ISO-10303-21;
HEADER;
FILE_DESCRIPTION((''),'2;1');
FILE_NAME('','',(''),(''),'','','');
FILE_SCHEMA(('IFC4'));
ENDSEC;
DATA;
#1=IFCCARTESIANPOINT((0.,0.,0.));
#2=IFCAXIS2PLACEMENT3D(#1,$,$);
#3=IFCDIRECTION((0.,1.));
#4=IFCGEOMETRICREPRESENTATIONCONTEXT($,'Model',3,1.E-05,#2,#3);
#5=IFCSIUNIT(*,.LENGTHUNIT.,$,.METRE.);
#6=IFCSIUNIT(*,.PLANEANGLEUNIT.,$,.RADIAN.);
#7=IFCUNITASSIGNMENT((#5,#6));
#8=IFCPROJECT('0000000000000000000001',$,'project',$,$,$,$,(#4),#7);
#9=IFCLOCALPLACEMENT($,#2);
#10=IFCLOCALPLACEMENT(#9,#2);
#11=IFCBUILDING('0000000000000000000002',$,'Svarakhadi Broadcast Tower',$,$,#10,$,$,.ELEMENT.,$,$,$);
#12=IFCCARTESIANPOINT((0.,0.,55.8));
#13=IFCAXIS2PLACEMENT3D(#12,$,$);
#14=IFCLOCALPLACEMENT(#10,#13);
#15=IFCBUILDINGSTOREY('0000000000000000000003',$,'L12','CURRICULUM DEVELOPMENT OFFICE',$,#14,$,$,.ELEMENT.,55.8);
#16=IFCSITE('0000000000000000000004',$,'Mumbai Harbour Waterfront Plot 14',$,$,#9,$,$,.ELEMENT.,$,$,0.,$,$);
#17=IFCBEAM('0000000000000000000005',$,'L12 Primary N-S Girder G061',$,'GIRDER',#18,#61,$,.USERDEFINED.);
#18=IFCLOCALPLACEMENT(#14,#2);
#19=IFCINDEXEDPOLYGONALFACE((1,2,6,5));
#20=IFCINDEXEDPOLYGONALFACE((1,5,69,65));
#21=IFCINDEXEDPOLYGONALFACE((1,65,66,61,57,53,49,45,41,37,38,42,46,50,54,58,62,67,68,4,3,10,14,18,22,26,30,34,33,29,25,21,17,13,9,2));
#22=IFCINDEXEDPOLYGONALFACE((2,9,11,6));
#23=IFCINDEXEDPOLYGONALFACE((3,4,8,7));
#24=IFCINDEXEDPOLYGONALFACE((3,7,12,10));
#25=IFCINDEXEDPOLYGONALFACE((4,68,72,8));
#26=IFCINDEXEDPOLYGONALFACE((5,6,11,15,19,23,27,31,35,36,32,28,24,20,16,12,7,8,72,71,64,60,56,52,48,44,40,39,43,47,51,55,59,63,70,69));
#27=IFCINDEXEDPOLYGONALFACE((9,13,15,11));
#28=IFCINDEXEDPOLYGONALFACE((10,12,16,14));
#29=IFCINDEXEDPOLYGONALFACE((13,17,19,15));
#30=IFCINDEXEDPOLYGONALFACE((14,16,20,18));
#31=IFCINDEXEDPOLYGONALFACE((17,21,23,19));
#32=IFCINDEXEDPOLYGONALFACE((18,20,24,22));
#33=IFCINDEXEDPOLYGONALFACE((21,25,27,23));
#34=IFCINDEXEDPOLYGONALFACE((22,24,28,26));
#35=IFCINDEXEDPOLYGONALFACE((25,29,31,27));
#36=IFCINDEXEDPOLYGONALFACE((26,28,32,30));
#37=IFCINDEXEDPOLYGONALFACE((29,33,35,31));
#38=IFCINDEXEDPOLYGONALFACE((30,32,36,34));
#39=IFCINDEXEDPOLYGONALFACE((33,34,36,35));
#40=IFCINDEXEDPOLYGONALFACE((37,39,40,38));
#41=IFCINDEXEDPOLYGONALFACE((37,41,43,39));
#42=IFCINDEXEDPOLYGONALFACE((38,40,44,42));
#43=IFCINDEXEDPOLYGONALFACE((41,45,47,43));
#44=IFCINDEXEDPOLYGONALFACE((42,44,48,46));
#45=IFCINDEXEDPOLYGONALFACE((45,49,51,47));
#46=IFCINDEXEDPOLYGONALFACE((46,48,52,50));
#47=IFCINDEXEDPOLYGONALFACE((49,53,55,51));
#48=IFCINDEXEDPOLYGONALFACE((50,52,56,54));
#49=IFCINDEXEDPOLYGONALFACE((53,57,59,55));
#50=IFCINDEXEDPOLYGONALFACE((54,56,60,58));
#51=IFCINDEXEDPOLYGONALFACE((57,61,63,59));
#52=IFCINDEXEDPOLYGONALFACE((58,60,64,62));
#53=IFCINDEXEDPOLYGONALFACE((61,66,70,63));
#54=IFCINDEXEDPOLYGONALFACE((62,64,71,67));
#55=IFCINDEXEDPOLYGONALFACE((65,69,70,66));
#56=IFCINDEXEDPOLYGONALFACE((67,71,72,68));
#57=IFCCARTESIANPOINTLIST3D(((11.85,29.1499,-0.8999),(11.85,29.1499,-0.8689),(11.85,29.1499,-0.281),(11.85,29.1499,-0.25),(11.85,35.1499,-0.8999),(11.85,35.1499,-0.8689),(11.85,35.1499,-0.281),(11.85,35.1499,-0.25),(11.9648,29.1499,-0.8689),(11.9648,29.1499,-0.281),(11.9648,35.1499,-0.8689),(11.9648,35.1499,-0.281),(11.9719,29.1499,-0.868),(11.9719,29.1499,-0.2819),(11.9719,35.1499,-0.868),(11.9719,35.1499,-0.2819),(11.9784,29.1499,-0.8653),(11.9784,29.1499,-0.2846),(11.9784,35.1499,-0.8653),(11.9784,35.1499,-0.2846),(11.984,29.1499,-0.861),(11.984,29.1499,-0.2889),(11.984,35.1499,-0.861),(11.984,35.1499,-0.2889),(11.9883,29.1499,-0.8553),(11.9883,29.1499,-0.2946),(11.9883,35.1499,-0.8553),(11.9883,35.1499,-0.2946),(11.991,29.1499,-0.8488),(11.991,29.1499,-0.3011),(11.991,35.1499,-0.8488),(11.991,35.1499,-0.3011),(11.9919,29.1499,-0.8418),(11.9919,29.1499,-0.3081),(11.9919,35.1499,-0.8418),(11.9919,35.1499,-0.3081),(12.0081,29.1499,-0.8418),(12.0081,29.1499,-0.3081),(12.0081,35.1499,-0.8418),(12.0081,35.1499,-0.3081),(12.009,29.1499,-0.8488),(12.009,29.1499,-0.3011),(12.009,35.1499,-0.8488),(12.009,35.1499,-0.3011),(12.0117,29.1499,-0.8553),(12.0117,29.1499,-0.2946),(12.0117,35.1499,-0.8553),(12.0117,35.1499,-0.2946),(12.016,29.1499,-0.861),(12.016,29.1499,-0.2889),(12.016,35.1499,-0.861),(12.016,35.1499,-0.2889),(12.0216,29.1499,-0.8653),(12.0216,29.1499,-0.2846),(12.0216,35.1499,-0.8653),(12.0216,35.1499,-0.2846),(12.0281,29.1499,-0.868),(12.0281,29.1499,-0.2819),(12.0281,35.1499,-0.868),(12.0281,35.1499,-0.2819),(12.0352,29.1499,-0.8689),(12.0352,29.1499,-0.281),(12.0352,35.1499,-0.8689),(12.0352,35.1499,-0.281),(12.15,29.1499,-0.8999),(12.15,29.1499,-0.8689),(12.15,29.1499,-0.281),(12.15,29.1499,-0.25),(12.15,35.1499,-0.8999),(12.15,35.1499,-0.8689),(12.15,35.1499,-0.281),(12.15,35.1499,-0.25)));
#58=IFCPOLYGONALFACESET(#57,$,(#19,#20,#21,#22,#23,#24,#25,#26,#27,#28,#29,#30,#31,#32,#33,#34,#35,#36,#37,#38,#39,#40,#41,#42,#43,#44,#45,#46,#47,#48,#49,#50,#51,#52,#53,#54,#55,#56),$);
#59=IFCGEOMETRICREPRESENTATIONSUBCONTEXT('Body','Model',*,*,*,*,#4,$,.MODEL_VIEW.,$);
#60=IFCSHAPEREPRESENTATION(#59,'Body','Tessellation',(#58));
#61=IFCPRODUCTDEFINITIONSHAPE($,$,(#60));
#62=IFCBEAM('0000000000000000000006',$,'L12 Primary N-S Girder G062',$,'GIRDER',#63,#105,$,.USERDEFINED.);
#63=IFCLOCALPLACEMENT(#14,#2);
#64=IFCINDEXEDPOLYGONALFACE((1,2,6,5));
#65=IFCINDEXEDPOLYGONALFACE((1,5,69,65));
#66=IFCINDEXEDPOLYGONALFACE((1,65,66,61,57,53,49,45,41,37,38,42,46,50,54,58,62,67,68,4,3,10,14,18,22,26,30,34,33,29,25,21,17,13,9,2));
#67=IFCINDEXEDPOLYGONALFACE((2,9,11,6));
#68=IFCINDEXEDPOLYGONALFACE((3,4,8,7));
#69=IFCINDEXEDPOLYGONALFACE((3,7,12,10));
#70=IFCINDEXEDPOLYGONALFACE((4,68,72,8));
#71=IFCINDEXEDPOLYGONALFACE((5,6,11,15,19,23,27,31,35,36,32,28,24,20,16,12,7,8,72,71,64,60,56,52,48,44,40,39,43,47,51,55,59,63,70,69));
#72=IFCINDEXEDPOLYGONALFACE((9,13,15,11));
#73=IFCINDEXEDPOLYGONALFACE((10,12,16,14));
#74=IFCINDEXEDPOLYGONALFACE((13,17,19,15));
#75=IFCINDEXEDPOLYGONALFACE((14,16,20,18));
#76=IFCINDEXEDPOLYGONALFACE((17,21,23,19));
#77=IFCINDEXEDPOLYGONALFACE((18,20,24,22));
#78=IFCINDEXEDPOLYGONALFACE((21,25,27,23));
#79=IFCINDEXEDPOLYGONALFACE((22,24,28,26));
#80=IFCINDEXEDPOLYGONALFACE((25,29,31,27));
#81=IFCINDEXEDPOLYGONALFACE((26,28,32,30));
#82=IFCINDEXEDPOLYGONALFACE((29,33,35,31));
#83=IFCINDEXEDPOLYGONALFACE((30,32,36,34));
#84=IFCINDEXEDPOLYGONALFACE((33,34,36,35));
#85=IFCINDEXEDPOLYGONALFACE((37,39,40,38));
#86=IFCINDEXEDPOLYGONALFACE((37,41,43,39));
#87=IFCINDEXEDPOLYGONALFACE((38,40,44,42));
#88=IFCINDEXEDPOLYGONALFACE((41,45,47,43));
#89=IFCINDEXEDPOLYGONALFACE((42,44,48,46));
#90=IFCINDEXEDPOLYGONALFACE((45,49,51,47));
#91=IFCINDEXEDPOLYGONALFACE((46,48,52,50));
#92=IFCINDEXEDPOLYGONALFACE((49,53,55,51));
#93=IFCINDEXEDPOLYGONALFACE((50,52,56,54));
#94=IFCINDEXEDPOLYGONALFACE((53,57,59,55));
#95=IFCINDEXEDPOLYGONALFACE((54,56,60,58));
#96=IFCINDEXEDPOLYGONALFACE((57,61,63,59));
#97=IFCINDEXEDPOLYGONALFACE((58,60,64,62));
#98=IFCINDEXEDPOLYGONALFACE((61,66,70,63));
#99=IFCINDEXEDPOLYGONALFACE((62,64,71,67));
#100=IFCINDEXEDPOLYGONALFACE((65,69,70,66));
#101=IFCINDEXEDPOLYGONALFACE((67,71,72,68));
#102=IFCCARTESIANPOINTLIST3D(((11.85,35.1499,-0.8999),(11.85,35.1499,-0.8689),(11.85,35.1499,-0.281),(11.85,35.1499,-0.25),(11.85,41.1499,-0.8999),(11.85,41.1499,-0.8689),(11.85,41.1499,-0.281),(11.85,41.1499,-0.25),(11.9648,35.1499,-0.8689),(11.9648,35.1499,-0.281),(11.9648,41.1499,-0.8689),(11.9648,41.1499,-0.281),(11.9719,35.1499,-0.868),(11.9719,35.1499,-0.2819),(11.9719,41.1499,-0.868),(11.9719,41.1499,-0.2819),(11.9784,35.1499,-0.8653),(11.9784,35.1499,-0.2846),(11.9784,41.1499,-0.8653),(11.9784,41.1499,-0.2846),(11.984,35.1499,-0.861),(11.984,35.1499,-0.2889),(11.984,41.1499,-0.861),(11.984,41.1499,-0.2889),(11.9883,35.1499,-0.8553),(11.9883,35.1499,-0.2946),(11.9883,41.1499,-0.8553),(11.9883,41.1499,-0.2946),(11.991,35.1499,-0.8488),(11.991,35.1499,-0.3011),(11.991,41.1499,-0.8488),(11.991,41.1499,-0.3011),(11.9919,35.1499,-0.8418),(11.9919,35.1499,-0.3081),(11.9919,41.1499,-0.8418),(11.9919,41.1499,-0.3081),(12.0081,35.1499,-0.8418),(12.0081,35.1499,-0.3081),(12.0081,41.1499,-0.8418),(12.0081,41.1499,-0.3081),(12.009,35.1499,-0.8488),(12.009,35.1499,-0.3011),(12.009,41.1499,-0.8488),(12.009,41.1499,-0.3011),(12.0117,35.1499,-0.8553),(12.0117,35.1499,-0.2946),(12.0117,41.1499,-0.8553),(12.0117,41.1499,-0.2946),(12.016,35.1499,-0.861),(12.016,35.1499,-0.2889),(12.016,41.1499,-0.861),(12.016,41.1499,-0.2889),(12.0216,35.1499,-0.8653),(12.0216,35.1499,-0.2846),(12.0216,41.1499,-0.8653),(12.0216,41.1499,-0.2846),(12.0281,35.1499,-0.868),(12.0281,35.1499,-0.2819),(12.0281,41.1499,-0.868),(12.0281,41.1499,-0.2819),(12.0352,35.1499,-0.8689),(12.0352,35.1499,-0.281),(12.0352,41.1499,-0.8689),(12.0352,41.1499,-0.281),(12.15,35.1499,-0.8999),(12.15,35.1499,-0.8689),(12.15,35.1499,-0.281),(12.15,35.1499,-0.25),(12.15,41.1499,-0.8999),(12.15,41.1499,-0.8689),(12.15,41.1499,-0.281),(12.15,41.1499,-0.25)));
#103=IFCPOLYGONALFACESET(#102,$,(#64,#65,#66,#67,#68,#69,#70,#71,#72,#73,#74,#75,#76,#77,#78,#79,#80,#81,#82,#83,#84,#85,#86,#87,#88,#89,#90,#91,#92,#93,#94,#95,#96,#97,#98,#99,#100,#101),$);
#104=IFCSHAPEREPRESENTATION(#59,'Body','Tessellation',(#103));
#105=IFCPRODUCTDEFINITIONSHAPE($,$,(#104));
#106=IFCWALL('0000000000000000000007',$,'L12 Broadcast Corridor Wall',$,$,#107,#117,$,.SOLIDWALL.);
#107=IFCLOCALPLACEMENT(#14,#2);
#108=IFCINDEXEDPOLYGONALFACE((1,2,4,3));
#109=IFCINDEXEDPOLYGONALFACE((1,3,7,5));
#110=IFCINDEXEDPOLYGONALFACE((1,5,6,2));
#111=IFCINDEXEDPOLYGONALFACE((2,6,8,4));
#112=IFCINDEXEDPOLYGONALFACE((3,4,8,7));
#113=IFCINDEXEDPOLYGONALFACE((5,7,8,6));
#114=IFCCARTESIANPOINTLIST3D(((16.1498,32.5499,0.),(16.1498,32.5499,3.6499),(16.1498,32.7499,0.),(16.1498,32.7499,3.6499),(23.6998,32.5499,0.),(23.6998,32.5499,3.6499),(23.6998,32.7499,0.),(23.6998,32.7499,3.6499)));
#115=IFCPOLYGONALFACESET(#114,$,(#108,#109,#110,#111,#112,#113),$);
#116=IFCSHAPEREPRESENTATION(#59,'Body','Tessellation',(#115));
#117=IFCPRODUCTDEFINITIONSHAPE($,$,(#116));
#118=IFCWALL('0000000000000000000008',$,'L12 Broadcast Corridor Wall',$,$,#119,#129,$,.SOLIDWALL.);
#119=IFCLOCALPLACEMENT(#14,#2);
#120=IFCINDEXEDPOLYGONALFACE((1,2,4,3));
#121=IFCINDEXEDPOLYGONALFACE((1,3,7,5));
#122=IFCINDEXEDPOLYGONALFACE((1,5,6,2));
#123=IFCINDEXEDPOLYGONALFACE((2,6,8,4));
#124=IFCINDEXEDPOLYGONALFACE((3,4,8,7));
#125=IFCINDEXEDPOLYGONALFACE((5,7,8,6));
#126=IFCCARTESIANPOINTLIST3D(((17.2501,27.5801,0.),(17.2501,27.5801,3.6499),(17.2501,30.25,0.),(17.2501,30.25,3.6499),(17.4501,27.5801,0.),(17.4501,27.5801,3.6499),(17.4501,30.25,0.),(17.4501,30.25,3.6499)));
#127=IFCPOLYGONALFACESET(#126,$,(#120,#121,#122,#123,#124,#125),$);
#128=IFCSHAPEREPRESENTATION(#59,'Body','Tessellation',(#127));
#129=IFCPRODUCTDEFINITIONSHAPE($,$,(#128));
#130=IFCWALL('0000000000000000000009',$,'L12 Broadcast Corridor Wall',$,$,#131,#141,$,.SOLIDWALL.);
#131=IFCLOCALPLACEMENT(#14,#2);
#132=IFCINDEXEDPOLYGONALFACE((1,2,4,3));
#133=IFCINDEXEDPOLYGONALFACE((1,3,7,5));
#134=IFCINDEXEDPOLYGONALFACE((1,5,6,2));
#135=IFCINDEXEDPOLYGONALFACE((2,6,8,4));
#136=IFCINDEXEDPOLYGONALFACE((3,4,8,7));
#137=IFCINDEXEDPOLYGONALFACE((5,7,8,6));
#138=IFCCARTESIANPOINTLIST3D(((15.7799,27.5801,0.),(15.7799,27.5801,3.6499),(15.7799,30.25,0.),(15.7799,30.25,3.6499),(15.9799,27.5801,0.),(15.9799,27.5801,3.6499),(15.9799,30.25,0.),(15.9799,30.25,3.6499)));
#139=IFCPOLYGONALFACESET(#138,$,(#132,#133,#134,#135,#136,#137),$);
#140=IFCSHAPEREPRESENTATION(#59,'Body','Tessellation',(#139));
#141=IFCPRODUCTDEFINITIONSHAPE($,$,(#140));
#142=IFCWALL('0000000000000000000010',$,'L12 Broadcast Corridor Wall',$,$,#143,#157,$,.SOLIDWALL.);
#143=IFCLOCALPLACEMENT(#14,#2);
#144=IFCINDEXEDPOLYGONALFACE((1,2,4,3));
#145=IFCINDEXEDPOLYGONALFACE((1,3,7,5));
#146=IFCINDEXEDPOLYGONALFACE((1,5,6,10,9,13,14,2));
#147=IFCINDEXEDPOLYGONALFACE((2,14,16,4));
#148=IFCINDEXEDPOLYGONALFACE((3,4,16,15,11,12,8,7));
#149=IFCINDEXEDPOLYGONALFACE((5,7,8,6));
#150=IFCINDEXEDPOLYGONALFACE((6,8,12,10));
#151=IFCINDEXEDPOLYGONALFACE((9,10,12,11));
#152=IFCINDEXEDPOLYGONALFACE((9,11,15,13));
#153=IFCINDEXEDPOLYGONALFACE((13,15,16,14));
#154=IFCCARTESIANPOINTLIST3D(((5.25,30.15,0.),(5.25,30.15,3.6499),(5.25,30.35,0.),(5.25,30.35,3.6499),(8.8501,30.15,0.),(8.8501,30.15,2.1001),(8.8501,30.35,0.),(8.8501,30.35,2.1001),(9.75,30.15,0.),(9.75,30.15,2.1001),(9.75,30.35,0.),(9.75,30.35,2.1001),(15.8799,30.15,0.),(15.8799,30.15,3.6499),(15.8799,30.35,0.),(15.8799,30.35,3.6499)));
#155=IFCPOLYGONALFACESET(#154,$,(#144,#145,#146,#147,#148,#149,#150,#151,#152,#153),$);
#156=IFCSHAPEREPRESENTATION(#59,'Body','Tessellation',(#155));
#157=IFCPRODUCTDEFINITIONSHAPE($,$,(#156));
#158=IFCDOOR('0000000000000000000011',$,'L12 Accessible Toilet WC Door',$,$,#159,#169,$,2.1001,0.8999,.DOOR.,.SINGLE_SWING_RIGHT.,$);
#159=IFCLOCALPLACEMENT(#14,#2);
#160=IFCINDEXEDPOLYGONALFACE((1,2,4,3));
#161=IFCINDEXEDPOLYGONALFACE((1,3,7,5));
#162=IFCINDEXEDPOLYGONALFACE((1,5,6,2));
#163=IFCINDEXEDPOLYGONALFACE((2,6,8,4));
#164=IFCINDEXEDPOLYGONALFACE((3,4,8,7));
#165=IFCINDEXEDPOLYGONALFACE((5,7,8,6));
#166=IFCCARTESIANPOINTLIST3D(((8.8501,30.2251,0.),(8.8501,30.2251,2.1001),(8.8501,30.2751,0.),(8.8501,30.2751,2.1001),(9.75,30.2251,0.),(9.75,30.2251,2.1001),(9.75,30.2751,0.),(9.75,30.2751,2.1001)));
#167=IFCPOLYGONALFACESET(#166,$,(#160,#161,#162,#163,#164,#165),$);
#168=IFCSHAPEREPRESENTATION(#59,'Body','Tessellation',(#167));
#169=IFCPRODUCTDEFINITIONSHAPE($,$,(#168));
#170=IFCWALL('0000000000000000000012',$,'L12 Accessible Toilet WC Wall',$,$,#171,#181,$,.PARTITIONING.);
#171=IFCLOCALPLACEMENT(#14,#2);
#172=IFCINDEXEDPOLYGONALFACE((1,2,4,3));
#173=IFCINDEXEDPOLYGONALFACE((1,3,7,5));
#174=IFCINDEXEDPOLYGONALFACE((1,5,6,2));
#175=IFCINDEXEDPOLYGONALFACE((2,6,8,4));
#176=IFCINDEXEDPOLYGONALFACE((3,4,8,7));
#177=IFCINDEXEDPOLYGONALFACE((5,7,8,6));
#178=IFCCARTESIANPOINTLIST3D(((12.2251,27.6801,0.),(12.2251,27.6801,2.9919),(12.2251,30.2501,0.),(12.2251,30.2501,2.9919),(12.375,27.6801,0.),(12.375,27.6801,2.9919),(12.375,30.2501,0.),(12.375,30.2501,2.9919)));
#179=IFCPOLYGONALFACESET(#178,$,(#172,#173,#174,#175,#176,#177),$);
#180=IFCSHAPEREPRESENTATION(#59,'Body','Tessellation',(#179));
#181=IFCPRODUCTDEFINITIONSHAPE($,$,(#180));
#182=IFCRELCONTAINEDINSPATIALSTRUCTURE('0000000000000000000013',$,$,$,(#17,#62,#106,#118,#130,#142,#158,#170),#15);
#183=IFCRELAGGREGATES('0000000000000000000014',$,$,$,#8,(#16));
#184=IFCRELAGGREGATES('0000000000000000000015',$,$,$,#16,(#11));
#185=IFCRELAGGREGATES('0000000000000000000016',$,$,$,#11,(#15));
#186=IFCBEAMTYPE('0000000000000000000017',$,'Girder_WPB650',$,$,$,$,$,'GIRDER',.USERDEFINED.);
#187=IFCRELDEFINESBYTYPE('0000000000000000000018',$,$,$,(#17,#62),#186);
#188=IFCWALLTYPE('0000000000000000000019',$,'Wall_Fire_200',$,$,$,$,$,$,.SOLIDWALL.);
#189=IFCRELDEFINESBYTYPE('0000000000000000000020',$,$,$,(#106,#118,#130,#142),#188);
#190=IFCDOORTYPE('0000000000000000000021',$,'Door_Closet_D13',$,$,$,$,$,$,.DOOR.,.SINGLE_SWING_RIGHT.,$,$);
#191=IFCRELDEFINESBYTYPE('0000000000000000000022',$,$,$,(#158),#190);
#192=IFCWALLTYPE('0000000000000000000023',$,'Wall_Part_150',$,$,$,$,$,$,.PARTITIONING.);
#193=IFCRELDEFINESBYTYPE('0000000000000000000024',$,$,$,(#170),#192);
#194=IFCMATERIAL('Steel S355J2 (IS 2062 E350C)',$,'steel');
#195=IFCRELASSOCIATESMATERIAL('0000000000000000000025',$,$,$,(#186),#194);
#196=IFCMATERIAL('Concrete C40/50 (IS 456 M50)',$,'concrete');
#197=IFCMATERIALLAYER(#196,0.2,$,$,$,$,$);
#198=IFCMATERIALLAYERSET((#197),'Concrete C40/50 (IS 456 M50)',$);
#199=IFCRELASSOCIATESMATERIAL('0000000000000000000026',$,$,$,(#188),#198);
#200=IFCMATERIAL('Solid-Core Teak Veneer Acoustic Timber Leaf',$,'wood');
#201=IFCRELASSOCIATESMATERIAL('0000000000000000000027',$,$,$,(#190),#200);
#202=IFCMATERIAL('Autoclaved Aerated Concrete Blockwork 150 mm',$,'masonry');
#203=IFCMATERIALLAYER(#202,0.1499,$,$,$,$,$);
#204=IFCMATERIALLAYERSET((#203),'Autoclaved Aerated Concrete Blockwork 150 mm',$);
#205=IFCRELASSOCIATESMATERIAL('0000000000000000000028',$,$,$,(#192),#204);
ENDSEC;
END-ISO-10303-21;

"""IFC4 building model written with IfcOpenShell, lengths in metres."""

from ifc_helpers import new_model, si_unit, direction, frame, frame_2d, origin, origin_2d, place, context, subcontext, project, spatial, rectangle, i_section, extrude, material, layer, layer_set, material_profile, profile_set, type_object, element, fill, save


model = new_model("IFC4")

# Units and contexts
model_context = context("Model", 3, precision=1e-05, world=origin(), true_north=direction((0.0, 1.0)))
body_context = subcontext(model_context, "Body", "Model", "MODEL_VIEW")
ifc_project = project(units=[si_unit("LENGTHUNIT", "METRE"), si_unit("PLANEANGLEUNIT", "RADIAN")], contexts=[model_context])

# Site, building, storey
site_placement = place(None, origin())
site = spatial("IfcSite", under=ifc_project, at=site_placement, Name="Mumbai Harbour Waterfront Plot 14", CompositionType="ELEMENT", RefElevation=0.0)
building_placement = place(site_placement, origin())
building = spatial("IfcBuilding", under=site, at=building_placement, Name="Svarakhadi Broadcast Tower", CompositionType="ELEMENT")
storey_placement = place(building_placement, frame((0.0, 0.0, 55.8)))
storey = spatial("IfcBuildingStorey", under=building, at=storey_placement, Name="L12", Description="CURRICULUM DEVELOPMENT OFFICE", CompositionType="ELEMENT", Elevation=55.8)

# Beams
ifc_material_1 = material(Name="Steel S355J2 (IS 2062 E350C)", Category="steel")
ifc_material_profile_1 = material_profile(ifc_material_1, i_section(OverallWidth=0.3, OverallDepth=0.6499, WebThickness=0.0161, FlangeThickness=0.031, FilletRadius=0.0271, at=origin_2d()), Name="WPB 650x300x225")
ifc_profile_set_1 = profile_set([ifc_material_profile_1], Name="Steel S355J2 (IS 2062 E350C)")
beam_type_1 = type_object("IfcBeamType", Name="Girder_WPB650", ElementType="GIRDER", PredefinedType="USERDEFINED", material=ifc_profile_set_1)
for number, where, z_axis, x_axis, name in (
    (1, (12.0, 29.1499, -0.575), (0.0, 1.0, 0.0), (-1.0, 0.0, 0.0), "L12 Primary N-S Girder G061"),
    (2, (12.0, 35.1499, -0.575), (0.0, 1.0, 0.0), (-1.0, 0.0, 0.0), "L12 Primary N-S Girder G062"),
):
    element("IfcBeam", number, at=place(storey_placement, frame(where, z_axis=z_axis, x_axis=x_axis)), inside=storey, type_object=beam_type_1, Name=name, ObjectType="GIRDER", PredefinedType="USERDEFINED", context=body_context, shape_type="SweptSolid", body=[
        extrude(i_section(OverallWidth=0.3, OverallDepth=0.6499, WebThickness=0.0161, FlangeThickness=0.031, FilletRadius=0.0271, at=origin_2d()), origin(), (0.0, 0.0, 1.0), 6.0),
    ])

# Shared definitions
ifc_material_2 = material(Name="Concrete C40/50 (IS 456 M50)", Category="concrete")
ifc_layer_1 = layer(ifc_material_2, 0.2)
ifc_layer_set_1 = layer_set([ifc_layer_1], Name="Concrete C40/50 (IS 456 M50)")
wall_type_1 = type_object("IfcWallType", Name="Wall_Fire_200", PredefinedType="SOLIDWALL", material=ifc_layer_set_1)
ifc_material_3 = material(Name="Solid-Core Teak Veneer Acoustic Timber Leaf", Category="wood")

# Walls
wall_1_placement = place(storey_placement, frame((16.1499, 32.6499, 0.0), z_axis=(0.0, 0.0, 1.0), x_axis=(1.0, 0.0, 0.0)))
element("IfcWall", 3, at=wall_1_placement, inside=storey, type_object=wall_type_1, Name="L12 Broadcast Corridor Wall", PredefinedType="SOLIDWALL", context=body_context, shape_type="SweptSolid", body=[
    extrude(rectangle(XDim=7.55, YDim=0.2, at=frame_2d((3.7749, 0.0))), origin(), (0.0, 0.0, 1.0), 3.6499),
])
for number, where, z_axis, x_axis, name in (
    (4, (17.3501, 30.25, 0.0), (0.0, 0.0, 1.0), (0.0, -1.0, 0.0), "L12 Broadcast Corridor Wall"),
    (5, (15.8799, 27.5801, 0.0), (0.0, 0.0, 1.0), (0.0, 1.0, 0.0), "L12 Broadcast Corridor Wall"),
):
    element("IfcWall", number, at=place(storey_placement, frame(where, z_axis=z_axis, x_axis=x_axis)), inside=storey, type_object=wall_type_1, Name=name, PredefinedType="SOLIDWALL", context=body_context, shape_type="SweptSolid", body=[
        extrude(rectangle(XDim=2.6699, YDim=0.2, at=frame_2d((1.335, 0.0))), origin(), (0.0, 0.0, 1.0), 3.6499),
    ])

# Wall, opening, door
wall_2_placement = place(storey_placement, frame((15.8799, 30.25, 0.0), z_axis=(0.0, 0.0, 1.0), x_axis=(-1.0, 0.0, 0.0)))
wall_2 = element("IfcWall", 6, at=wall_2_placement, inside=storey, type_object=wall_type_1, Name="L12 Broadcast Corridor Wall", PredefinedType="SOLIDWALL", context=body_context, shape_type="SweptSolid", body=[
    extrude(rectangle(XDim=10.6299, YDim=0.2, at=frame_2d((5.3149, 0.0))), origin(), (0.0, 0.0, 1.0), 3.6499),
])
opening_1_placement = place(wall_2_placement, frame((6.1299, 0.0, 0.0)))
opening_1 = element("IfcOpeningElement", 7, at=opening_1_placement, cuts=wall_2, PredefinedType="OPENING", context=body_context, shape_type="SweptSolid", body=[
    extrude(rectangle(XDim=0.8999, YDim=2.1001, at=frame_2d((0.45, 1.05))), frame((0.0, 0.1099, 0.0), z_axis=(0.0, -1.0, 0.0), x_axis=(1.0, 0.0, 0.0)), (0.0, 0.0, 1.0), 0.22),
])
door_type_1 = type_object("IfcDoorType", Name="Door_Closet_D13", OperationType="SINGLE_SWING_RIGHT", PredefinedType="DOOR", material=ifc_material_3)
door_1_placement = place(opening_1_placement, origin())
door_1 = element("IfcDoor", 8, at=door_1_placement, inside=storey, type_object=door_type_1, Name="L12 Accessible Toilet WC Door", OperationType="SINGLE_SWING_RIGHT", OverallHeight=2.1001, OverallWidth=0.8999, PredefinedType="DOOR", context=body_context, shape_type="SweptSolid", body=[
    extrude(rectangle(XDim=0.8999, YDim=2.1001, at=frame_2d((0.45, 1.05))), frame((0.0, 0.0249, 0.0), z_axis=(0.0, -1.0, 0.0), x_axis=(1.0, 0.0, 0.0)), (0.0, 0.0, 1.0), 0.05),
])
fill(opening_1, door_1)

# Wall
ifc_material_4 = material(Name="Autoclaved Aerated Concrete Blockwork 150 mm", Category="masonry")
ifc_layer_2 = layer(ifc_material_4, 0.1499)
ifc_layer_set_2 = layer_set([ifc_layer_2], Name="Autoclaved Aerated Concrete Blockwork 150 mm")
wall_type_2 = type_object("IfcWallType", Name="Wall_Part_150", PredefinedType="PARTITIONING", material=ifc_layer_set_2)
wall_3_placement = place(storey_placement, frame((12.3, 27.6799, 0.0), z_axis=(0.0, 0.0, 1.0), x_axis=(0.0, 1.0, 0.0)))
element("IfcWall", 9, at=wall_3_placement, inside=storey, type_object=wall_type_2, Name="L12 Accessible Toilet WC Wall", PredefinedType="PARTITIONING", context=body_context, shape_type="SweptSolid", body=[
    extrude(rectangle(XDim=2.5701, YDim=0.1499, at=frame_2d((1.2852, 0.0))), origin(), (0.0, 0.0, 1.0), 2.9919),
])

save(model, "model.ifc")
